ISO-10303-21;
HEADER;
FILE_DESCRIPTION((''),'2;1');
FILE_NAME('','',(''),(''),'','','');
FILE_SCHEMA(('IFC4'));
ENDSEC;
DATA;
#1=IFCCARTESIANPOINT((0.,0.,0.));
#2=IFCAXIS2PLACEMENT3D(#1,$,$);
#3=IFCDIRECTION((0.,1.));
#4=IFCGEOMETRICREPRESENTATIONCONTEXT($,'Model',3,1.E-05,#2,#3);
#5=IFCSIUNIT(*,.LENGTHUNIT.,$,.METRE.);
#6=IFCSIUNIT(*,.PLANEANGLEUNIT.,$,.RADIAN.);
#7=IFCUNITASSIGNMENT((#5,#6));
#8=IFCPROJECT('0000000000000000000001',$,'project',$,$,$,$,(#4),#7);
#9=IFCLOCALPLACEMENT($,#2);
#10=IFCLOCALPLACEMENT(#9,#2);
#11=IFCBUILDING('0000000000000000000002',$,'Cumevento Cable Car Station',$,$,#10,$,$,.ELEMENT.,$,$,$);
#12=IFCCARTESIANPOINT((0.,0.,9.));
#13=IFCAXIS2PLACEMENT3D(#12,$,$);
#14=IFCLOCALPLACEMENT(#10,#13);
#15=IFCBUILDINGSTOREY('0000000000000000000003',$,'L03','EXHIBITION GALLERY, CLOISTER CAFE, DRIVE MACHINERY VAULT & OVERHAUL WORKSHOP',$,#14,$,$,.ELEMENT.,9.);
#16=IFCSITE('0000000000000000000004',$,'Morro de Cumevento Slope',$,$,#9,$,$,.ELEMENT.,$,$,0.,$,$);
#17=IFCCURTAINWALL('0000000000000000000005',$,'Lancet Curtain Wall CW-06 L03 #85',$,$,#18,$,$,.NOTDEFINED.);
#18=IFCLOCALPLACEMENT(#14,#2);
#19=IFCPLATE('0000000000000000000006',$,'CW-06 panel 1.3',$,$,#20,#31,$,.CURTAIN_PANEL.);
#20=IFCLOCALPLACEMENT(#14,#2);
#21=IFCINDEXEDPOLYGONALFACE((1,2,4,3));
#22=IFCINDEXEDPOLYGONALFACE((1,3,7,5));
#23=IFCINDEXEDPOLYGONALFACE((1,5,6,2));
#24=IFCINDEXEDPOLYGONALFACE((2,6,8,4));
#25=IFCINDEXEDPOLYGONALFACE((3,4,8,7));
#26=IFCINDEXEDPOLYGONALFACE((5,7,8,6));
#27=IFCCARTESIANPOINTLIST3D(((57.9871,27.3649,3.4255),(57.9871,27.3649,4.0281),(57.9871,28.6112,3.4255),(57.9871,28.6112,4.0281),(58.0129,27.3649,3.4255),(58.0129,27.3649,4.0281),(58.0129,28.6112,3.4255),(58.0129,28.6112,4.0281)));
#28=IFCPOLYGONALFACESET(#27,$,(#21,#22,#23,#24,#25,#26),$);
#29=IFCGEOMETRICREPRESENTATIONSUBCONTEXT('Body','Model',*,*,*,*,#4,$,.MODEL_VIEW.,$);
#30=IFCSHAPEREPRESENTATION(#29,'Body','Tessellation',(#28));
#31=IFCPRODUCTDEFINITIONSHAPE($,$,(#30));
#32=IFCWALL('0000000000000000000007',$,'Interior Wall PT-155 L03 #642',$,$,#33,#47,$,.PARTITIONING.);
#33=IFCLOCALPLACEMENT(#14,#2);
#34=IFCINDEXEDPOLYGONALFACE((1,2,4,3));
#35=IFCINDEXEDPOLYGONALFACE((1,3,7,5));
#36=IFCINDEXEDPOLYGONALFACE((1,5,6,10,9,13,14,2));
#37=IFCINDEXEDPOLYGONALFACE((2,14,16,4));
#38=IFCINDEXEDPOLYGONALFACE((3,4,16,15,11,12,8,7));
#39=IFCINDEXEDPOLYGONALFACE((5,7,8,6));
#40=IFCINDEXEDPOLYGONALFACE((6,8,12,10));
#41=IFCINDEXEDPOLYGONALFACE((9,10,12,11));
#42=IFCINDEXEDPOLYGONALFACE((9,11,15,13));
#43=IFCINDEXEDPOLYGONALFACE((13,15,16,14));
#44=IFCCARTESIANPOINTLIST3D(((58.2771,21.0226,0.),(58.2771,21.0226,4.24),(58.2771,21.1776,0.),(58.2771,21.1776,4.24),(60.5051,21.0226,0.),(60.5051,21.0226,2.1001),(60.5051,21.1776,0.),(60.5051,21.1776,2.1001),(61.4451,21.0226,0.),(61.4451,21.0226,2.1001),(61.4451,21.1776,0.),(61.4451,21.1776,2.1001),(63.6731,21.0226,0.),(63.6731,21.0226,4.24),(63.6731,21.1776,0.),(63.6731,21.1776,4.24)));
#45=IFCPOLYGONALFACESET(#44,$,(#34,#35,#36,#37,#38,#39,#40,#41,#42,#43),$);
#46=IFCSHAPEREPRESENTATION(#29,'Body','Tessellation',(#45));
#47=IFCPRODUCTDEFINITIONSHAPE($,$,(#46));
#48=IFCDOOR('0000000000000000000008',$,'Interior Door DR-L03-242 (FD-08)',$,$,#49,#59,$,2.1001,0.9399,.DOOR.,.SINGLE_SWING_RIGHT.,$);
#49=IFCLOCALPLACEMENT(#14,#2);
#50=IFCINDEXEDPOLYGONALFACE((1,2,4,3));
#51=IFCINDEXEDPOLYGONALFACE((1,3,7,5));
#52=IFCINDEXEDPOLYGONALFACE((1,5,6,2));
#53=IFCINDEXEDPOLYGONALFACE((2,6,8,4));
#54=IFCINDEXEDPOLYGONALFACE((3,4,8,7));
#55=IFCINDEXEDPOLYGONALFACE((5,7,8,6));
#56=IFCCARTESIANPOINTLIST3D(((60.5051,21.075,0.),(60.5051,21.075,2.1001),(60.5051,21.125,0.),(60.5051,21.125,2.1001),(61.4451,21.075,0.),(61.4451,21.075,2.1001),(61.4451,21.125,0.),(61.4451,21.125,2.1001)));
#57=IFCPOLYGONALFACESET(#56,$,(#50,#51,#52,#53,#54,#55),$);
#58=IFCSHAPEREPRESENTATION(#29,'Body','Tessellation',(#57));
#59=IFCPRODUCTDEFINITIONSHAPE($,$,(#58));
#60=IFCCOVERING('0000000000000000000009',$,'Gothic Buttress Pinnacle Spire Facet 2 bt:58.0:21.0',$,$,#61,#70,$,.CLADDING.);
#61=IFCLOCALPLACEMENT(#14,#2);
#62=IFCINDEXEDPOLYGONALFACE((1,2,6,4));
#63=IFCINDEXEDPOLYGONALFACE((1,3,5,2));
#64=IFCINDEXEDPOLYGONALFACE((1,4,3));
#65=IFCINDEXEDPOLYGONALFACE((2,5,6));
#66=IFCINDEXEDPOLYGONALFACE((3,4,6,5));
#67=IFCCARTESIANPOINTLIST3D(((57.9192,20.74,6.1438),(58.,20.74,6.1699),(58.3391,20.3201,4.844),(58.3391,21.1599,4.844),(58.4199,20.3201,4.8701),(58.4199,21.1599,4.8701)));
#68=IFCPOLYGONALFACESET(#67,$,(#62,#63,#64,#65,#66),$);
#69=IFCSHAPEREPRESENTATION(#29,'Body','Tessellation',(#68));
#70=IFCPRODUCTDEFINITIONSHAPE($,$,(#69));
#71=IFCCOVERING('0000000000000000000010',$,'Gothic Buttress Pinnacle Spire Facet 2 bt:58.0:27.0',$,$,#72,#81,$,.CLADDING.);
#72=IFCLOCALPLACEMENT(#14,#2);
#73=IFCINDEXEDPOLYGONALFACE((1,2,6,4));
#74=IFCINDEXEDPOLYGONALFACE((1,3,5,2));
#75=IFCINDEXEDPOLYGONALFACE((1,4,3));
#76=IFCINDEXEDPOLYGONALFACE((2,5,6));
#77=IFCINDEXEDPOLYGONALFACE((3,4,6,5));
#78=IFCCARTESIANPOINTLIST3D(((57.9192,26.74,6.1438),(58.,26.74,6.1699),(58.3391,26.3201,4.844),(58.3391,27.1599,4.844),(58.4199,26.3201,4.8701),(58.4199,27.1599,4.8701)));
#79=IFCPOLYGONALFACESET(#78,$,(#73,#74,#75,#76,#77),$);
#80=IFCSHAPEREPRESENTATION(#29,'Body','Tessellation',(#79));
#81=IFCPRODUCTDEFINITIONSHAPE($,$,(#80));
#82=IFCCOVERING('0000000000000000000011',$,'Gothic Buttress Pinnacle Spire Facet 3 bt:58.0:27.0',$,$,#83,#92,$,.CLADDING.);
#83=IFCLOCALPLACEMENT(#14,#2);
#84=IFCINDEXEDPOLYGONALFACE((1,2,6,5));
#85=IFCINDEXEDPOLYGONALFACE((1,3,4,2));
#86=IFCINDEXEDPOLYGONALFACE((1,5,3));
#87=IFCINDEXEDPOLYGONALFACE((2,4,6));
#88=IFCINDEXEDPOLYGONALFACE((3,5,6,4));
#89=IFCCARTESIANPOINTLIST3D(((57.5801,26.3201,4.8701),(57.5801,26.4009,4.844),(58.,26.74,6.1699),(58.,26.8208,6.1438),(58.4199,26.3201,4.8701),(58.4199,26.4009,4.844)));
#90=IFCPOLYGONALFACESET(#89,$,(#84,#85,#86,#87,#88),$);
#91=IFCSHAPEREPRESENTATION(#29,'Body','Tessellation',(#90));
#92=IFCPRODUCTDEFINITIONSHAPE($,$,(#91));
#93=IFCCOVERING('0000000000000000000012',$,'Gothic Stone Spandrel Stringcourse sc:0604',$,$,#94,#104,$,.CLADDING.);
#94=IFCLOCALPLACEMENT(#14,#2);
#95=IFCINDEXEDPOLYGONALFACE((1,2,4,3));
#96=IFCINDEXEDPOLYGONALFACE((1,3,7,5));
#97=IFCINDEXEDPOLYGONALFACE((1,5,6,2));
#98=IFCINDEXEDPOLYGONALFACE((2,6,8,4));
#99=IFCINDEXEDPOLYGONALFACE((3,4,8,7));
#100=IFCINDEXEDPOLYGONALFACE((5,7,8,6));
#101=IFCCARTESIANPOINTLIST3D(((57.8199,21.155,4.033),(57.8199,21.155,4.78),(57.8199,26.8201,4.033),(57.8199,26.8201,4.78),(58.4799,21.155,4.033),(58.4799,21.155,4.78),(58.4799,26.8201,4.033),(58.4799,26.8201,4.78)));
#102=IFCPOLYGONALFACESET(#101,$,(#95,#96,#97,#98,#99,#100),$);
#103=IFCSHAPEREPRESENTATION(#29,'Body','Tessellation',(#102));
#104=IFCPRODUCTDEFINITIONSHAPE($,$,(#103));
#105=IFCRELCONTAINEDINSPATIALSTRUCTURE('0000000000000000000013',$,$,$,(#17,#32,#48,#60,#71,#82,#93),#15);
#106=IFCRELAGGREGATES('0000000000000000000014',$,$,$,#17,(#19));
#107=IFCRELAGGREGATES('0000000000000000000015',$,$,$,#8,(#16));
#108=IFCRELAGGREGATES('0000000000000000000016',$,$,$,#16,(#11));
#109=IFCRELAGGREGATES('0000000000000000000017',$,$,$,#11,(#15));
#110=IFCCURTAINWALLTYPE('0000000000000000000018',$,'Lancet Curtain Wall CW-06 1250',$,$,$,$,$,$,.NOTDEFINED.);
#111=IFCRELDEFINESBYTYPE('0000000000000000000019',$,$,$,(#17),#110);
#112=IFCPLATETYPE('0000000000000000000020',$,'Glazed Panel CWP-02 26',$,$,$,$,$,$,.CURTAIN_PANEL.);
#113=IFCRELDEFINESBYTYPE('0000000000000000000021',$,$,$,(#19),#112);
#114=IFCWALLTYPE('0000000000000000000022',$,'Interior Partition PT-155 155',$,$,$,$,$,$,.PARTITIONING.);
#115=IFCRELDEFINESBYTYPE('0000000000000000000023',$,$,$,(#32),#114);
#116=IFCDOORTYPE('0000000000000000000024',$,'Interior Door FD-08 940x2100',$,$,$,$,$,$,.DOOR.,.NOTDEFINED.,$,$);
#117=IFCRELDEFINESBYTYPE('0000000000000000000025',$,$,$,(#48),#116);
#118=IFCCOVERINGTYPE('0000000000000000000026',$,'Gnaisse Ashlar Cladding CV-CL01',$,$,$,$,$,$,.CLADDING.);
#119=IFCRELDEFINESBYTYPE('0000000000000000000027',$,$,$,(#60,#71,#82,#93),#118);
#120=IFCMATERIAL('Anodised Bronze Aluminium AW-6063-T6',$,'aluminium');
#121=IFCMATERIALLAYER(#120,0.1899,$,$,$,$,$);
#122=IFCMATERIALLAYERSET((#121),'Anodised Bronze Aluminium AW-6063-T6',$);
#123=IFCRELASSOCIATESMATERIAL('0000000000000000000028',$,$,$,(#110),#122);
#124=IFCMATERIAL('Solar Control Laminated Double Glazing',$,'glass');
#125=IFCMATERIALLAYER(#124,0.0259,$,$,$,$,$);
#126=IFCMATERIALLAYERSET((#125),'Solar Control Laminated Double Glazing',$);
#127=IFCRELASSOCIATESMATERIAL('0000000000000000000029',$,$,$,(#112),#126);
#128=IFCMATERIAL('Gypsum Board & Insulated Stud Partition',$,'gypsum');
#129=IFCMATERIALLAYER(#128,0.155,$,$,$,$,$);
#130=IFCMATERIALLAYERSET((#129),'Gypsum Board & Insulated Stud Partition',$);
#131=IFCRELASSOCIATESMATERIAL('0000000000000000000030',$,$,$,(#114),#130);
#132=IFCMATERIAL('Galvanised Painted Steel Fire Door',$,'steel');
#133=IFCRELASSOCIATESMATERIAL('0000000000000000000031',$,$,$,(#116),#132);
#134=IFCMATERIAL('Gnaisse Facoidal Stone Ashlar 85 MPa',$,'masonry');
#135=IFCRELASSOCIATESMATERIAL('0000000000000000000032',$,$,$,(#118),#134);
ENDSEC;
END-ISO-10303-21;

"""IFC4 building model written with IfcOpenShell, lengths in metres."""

from ifc_helpers import new_model, si_unit, direction, frame, frame_2d, origin, origin_2d, place, context, subcontext, project, spatial, polyline, rectangle, outline, extrude, material, layer, layer_set, type_object, element, fill, aggregate, save


model = new_model("IFC4")

# Units and contexts
model_context = context("Model", 3, precision=1e-05, world=origin(), true_north=direction((0.0, 1.0)))
body_context = subcontext(model_context, "Body", "Model", "MODEL_VIEW")
ifc_project = project(units=[si_unit("LENGTHUNIT", "METRE"), si_unit("PLANEANGLEUNIT", "RADIAN")], contexts=[model_context])

# Site, building, storey
site_placement = place(None, origin())
site = spatial("IfcSite", under=ifc_project, at=site_placement, Name="Morro de Cumevento Slope", CompositionType="ELEMENT", RefElevation=0.0)
building_placement = place(site_placement, origin())
building = spatial("IfcBuilding", under=site, at=building_placement, Name="Cumevento Cable Car Station", CompositionType="ELEMENT")
storey_placement = place(building_placement, frame((0.0, 0.0, 9.0)))
storey = spatial("IfcBuildingStorey", under=building, at=storey_placement, Name="L03", Description="EXHIBITION GALLERY, CLOISTER CAFE, DRIVE MACHINERY VAULT & OVERHAUL WORKSHOP", CompositionType="ELEMENT", Elevation=9.0)

# Curtain wall
ifc_material_1 = material(Name="Anodised Bronze Aluminium AW-6063-T6", Category="aluminium")
ifc_layer_1 = layer(ifc_material_1, 0.1899)
ifc_layer_set_1 = layer_set([ifc_layer_1], Name="Anodised Bronze Aluminium AW-6063-T6")
curtain_wall_type = type_object("IfcCurtainWallType", Name="Lancet Curtain Wall CW-06 1250", PredefinedType="NOTDEFINED", material=ifc_layer_set_1)
curtain_wall_placement = place(storey_placement, origin())
curtain_wall = element("IfcCurtainWall", 1, at=curtain_wall_placement, inside=storey, type_object=curtain_wall_type, Name="Lancet Curtain Wall CW-06 L03 #85", PredefinedType="NOTDEFINED")

# Plate
ifc_material_2 = material(Name="Solar Control Laminated Double Glazing", Category="glass")
ifc_layer_2 = layer(ifc_material_2, 0.0259)
ifc_layer_set_2 = layer_set([ifc_layer_2], Name="Solar Control Laminated Double Glazing")
plate_type = type_object("IfcPlateType", Name="Glazed Panel CWP-02 26", PredefinedType="CURTAIN_PANEL", material=ifc_layer_set_2)
plate_1_placement = place(storey_placement, frame((58.0, 27.988, 3.4255), z_axis=(0.0, 0.0, 1.0), x_axis=(0.0, 1.0, 0.0)))
plate_1 = element("IfcPlate", 2, at=plate_1_placement, type_object=plate_type, Name="CW-06 panel 1.3", PredefinedType="CURTAIN_PANEL", context=body_context, shape_type="SweptSolid", body=[
    extrude(rectangle(XDim=1.2463, YDim=0.0259, at=origin_2d()), origin(), (0.0, 0.0, 1.0), 0.6025),
])
aggregate(curtain_wall, [plate_1])

# Wall, opening, door
ifc_material_3 = material(Name="Gypsum Board & Insulated Stud Partition", Category="gypsum")
ifc_layer_3 = layer(ifc_material_3, 0.155)
ifc_layer_set_3 = layer_set([ifc_layer_3], Name="Gypsum Board & Insulated Stud Partition")
wall_type = type_object("IfcWallType", Name="Interior Partition PT-155 155", PredefinedType="PARTITIONING", material=ifc_layer_set_3)
wall_placement = place(storey_placement, frame((58.2771, 21.1001, 0.0), z_axis=(0.0, 0.0, 1.0), x_axis=(1.0, 0.0, 0.0)))
wall = element("IfcWall", 3, at=wall_placement, inside=storey, type_object=wall_type, Name="Interior Wall PT-155 L03 #642", PredefinedType="PARTITIONING", context=body_context, shape_type="SweptSolid", body=[
    extrude(rectangle(XDim=5.396, YDim=0.155, at=frame_2d((2.698, 0.0))), origin(), (0.0, 0.0, 1.0), 4.24),
])
opening_placement = place(wall_placement, frame((2.228, 0.0, 0.0)))
opening = element("IfcOpeningElement", 4, at=opening_placement, cuts=wall, PredefinedType="OPENING", context=body_context, shape_type="SweptSolid", body=[
    extrude(rectangle(XDim=0.9399, YDim=2.1001, at=frame_2d((0.47, 1.05))), frame((0.0, 0.0876, 0.0), z_axis=(0.0, -1.0, 0.0), x_axis=(1.0, 0.0, 0.0)), (0.0, 0.0, 1.0), 0.175),
])
ifc_material_4 = material(Name="Galvanised Painted Steel Fire Door", Category="steel")
door_type = type_object("IfcDoorType", Name="Interior Door FD-08 940x2100", OperationType="NOTDEFINED", PredefinedType="DOOR", material=ifc_material_4)
door_placement = place(opening_placement, origin())
door = element("IfcDoor", 5, at=door_placement, inside=storey, type_object=door_type, Name="Interior Door DR-L03-242 (FD-08)", OperationType="SINGLE_SWING_RIGHT", OverallHeight=2.1001, OverallWidth=0.9399, PredefinedType="DOOR", context=body_context, shape_type="SweptSolid", body=[
    extrude(rectangle(XDim=0.9399, YDim=2.1001, at=frame_2d((0.47, 1.05))), frame((0.0, 0.0249, 0.0), z_axis=(0.0, -1.0, 0.0), x_axis=(1.0, 0.0, 0.0)), (0.0, 0.0, 1.0), 0.05),
])
fill(opening, door)

# Coverings
ifc_material_5 = material(Name="Gnaisse Facoidal Stone Ashlar 85 MPa", Category="masonry")
covering_type = type_object("IfcCoveringType", Name="Gnaisse Ashlar Cladding CV-CL01", PredefinedType="CLADDING", material=ifc_material_5)
for number, where, z_axis, x_axis, name in (
    (6, (58.4199, 21.1599, 4.8701), (0.951574, 0.0, 0.307421), (0.0, -1.0, 0.0), "Gothic Buttress Pinnacle Spire Facet 2 bt:58.0:21.0"),
    (7, (58.4199, 27.1599, 4.8701), (0.951574, 0.0, 0.307421), (0.0, -1.0, 0.0), "Gothic Buttress Pinnacle Spire Facet 2 bt:58.0:27.0"),
    (8, (58.4199, 26.3201, 4.8701), (0.0, -0.951574, 0.307421), (-1.0, 0.0, 0.0), "Gothic Buttress Pinnacle Spire Facet 3 bt:58.0:27.0"),
):
    element("IfcCovering", number, at=place(storey_placement, frame(where, z_axis=z_axis, x_axis=x_axis)), inside=storey, type_object=covering_type, Name=name, PredefinedType="CLADDING", context=body_context, shape_type="SweptSolid", body=[
        extrude(outline(polyline([(0.0, 0.0), (0.8398, 0.0), (0.4199, -1.366), (0.0, 0.0)])), origin(), (0.0, 0.0, -1.0), 0.085),
    ])
covering_1_placement = place(storey_placement, frame((58.1499, 23.9875, 4.033), z_axis=(0.0, 0.0, 1.0), x_axis=(0.0, 1.0, 0.0)))
element("IfcCovering", 9, at=covering_1_placement, inside=storey, type_object=covering_type, Name="Gothic Stone Spandrel Stringcourse sc:0604", PredefinedType="CLADDING", context=body_context, shape_type="SweptSolid", body=[
    extrude(rectangle(XDim=5.665, YDim=0.6599, at=origin_2d()), origin(), (0.0, 0.0, 1.0), 0.7471),
])

save(model, "model.ifc")
